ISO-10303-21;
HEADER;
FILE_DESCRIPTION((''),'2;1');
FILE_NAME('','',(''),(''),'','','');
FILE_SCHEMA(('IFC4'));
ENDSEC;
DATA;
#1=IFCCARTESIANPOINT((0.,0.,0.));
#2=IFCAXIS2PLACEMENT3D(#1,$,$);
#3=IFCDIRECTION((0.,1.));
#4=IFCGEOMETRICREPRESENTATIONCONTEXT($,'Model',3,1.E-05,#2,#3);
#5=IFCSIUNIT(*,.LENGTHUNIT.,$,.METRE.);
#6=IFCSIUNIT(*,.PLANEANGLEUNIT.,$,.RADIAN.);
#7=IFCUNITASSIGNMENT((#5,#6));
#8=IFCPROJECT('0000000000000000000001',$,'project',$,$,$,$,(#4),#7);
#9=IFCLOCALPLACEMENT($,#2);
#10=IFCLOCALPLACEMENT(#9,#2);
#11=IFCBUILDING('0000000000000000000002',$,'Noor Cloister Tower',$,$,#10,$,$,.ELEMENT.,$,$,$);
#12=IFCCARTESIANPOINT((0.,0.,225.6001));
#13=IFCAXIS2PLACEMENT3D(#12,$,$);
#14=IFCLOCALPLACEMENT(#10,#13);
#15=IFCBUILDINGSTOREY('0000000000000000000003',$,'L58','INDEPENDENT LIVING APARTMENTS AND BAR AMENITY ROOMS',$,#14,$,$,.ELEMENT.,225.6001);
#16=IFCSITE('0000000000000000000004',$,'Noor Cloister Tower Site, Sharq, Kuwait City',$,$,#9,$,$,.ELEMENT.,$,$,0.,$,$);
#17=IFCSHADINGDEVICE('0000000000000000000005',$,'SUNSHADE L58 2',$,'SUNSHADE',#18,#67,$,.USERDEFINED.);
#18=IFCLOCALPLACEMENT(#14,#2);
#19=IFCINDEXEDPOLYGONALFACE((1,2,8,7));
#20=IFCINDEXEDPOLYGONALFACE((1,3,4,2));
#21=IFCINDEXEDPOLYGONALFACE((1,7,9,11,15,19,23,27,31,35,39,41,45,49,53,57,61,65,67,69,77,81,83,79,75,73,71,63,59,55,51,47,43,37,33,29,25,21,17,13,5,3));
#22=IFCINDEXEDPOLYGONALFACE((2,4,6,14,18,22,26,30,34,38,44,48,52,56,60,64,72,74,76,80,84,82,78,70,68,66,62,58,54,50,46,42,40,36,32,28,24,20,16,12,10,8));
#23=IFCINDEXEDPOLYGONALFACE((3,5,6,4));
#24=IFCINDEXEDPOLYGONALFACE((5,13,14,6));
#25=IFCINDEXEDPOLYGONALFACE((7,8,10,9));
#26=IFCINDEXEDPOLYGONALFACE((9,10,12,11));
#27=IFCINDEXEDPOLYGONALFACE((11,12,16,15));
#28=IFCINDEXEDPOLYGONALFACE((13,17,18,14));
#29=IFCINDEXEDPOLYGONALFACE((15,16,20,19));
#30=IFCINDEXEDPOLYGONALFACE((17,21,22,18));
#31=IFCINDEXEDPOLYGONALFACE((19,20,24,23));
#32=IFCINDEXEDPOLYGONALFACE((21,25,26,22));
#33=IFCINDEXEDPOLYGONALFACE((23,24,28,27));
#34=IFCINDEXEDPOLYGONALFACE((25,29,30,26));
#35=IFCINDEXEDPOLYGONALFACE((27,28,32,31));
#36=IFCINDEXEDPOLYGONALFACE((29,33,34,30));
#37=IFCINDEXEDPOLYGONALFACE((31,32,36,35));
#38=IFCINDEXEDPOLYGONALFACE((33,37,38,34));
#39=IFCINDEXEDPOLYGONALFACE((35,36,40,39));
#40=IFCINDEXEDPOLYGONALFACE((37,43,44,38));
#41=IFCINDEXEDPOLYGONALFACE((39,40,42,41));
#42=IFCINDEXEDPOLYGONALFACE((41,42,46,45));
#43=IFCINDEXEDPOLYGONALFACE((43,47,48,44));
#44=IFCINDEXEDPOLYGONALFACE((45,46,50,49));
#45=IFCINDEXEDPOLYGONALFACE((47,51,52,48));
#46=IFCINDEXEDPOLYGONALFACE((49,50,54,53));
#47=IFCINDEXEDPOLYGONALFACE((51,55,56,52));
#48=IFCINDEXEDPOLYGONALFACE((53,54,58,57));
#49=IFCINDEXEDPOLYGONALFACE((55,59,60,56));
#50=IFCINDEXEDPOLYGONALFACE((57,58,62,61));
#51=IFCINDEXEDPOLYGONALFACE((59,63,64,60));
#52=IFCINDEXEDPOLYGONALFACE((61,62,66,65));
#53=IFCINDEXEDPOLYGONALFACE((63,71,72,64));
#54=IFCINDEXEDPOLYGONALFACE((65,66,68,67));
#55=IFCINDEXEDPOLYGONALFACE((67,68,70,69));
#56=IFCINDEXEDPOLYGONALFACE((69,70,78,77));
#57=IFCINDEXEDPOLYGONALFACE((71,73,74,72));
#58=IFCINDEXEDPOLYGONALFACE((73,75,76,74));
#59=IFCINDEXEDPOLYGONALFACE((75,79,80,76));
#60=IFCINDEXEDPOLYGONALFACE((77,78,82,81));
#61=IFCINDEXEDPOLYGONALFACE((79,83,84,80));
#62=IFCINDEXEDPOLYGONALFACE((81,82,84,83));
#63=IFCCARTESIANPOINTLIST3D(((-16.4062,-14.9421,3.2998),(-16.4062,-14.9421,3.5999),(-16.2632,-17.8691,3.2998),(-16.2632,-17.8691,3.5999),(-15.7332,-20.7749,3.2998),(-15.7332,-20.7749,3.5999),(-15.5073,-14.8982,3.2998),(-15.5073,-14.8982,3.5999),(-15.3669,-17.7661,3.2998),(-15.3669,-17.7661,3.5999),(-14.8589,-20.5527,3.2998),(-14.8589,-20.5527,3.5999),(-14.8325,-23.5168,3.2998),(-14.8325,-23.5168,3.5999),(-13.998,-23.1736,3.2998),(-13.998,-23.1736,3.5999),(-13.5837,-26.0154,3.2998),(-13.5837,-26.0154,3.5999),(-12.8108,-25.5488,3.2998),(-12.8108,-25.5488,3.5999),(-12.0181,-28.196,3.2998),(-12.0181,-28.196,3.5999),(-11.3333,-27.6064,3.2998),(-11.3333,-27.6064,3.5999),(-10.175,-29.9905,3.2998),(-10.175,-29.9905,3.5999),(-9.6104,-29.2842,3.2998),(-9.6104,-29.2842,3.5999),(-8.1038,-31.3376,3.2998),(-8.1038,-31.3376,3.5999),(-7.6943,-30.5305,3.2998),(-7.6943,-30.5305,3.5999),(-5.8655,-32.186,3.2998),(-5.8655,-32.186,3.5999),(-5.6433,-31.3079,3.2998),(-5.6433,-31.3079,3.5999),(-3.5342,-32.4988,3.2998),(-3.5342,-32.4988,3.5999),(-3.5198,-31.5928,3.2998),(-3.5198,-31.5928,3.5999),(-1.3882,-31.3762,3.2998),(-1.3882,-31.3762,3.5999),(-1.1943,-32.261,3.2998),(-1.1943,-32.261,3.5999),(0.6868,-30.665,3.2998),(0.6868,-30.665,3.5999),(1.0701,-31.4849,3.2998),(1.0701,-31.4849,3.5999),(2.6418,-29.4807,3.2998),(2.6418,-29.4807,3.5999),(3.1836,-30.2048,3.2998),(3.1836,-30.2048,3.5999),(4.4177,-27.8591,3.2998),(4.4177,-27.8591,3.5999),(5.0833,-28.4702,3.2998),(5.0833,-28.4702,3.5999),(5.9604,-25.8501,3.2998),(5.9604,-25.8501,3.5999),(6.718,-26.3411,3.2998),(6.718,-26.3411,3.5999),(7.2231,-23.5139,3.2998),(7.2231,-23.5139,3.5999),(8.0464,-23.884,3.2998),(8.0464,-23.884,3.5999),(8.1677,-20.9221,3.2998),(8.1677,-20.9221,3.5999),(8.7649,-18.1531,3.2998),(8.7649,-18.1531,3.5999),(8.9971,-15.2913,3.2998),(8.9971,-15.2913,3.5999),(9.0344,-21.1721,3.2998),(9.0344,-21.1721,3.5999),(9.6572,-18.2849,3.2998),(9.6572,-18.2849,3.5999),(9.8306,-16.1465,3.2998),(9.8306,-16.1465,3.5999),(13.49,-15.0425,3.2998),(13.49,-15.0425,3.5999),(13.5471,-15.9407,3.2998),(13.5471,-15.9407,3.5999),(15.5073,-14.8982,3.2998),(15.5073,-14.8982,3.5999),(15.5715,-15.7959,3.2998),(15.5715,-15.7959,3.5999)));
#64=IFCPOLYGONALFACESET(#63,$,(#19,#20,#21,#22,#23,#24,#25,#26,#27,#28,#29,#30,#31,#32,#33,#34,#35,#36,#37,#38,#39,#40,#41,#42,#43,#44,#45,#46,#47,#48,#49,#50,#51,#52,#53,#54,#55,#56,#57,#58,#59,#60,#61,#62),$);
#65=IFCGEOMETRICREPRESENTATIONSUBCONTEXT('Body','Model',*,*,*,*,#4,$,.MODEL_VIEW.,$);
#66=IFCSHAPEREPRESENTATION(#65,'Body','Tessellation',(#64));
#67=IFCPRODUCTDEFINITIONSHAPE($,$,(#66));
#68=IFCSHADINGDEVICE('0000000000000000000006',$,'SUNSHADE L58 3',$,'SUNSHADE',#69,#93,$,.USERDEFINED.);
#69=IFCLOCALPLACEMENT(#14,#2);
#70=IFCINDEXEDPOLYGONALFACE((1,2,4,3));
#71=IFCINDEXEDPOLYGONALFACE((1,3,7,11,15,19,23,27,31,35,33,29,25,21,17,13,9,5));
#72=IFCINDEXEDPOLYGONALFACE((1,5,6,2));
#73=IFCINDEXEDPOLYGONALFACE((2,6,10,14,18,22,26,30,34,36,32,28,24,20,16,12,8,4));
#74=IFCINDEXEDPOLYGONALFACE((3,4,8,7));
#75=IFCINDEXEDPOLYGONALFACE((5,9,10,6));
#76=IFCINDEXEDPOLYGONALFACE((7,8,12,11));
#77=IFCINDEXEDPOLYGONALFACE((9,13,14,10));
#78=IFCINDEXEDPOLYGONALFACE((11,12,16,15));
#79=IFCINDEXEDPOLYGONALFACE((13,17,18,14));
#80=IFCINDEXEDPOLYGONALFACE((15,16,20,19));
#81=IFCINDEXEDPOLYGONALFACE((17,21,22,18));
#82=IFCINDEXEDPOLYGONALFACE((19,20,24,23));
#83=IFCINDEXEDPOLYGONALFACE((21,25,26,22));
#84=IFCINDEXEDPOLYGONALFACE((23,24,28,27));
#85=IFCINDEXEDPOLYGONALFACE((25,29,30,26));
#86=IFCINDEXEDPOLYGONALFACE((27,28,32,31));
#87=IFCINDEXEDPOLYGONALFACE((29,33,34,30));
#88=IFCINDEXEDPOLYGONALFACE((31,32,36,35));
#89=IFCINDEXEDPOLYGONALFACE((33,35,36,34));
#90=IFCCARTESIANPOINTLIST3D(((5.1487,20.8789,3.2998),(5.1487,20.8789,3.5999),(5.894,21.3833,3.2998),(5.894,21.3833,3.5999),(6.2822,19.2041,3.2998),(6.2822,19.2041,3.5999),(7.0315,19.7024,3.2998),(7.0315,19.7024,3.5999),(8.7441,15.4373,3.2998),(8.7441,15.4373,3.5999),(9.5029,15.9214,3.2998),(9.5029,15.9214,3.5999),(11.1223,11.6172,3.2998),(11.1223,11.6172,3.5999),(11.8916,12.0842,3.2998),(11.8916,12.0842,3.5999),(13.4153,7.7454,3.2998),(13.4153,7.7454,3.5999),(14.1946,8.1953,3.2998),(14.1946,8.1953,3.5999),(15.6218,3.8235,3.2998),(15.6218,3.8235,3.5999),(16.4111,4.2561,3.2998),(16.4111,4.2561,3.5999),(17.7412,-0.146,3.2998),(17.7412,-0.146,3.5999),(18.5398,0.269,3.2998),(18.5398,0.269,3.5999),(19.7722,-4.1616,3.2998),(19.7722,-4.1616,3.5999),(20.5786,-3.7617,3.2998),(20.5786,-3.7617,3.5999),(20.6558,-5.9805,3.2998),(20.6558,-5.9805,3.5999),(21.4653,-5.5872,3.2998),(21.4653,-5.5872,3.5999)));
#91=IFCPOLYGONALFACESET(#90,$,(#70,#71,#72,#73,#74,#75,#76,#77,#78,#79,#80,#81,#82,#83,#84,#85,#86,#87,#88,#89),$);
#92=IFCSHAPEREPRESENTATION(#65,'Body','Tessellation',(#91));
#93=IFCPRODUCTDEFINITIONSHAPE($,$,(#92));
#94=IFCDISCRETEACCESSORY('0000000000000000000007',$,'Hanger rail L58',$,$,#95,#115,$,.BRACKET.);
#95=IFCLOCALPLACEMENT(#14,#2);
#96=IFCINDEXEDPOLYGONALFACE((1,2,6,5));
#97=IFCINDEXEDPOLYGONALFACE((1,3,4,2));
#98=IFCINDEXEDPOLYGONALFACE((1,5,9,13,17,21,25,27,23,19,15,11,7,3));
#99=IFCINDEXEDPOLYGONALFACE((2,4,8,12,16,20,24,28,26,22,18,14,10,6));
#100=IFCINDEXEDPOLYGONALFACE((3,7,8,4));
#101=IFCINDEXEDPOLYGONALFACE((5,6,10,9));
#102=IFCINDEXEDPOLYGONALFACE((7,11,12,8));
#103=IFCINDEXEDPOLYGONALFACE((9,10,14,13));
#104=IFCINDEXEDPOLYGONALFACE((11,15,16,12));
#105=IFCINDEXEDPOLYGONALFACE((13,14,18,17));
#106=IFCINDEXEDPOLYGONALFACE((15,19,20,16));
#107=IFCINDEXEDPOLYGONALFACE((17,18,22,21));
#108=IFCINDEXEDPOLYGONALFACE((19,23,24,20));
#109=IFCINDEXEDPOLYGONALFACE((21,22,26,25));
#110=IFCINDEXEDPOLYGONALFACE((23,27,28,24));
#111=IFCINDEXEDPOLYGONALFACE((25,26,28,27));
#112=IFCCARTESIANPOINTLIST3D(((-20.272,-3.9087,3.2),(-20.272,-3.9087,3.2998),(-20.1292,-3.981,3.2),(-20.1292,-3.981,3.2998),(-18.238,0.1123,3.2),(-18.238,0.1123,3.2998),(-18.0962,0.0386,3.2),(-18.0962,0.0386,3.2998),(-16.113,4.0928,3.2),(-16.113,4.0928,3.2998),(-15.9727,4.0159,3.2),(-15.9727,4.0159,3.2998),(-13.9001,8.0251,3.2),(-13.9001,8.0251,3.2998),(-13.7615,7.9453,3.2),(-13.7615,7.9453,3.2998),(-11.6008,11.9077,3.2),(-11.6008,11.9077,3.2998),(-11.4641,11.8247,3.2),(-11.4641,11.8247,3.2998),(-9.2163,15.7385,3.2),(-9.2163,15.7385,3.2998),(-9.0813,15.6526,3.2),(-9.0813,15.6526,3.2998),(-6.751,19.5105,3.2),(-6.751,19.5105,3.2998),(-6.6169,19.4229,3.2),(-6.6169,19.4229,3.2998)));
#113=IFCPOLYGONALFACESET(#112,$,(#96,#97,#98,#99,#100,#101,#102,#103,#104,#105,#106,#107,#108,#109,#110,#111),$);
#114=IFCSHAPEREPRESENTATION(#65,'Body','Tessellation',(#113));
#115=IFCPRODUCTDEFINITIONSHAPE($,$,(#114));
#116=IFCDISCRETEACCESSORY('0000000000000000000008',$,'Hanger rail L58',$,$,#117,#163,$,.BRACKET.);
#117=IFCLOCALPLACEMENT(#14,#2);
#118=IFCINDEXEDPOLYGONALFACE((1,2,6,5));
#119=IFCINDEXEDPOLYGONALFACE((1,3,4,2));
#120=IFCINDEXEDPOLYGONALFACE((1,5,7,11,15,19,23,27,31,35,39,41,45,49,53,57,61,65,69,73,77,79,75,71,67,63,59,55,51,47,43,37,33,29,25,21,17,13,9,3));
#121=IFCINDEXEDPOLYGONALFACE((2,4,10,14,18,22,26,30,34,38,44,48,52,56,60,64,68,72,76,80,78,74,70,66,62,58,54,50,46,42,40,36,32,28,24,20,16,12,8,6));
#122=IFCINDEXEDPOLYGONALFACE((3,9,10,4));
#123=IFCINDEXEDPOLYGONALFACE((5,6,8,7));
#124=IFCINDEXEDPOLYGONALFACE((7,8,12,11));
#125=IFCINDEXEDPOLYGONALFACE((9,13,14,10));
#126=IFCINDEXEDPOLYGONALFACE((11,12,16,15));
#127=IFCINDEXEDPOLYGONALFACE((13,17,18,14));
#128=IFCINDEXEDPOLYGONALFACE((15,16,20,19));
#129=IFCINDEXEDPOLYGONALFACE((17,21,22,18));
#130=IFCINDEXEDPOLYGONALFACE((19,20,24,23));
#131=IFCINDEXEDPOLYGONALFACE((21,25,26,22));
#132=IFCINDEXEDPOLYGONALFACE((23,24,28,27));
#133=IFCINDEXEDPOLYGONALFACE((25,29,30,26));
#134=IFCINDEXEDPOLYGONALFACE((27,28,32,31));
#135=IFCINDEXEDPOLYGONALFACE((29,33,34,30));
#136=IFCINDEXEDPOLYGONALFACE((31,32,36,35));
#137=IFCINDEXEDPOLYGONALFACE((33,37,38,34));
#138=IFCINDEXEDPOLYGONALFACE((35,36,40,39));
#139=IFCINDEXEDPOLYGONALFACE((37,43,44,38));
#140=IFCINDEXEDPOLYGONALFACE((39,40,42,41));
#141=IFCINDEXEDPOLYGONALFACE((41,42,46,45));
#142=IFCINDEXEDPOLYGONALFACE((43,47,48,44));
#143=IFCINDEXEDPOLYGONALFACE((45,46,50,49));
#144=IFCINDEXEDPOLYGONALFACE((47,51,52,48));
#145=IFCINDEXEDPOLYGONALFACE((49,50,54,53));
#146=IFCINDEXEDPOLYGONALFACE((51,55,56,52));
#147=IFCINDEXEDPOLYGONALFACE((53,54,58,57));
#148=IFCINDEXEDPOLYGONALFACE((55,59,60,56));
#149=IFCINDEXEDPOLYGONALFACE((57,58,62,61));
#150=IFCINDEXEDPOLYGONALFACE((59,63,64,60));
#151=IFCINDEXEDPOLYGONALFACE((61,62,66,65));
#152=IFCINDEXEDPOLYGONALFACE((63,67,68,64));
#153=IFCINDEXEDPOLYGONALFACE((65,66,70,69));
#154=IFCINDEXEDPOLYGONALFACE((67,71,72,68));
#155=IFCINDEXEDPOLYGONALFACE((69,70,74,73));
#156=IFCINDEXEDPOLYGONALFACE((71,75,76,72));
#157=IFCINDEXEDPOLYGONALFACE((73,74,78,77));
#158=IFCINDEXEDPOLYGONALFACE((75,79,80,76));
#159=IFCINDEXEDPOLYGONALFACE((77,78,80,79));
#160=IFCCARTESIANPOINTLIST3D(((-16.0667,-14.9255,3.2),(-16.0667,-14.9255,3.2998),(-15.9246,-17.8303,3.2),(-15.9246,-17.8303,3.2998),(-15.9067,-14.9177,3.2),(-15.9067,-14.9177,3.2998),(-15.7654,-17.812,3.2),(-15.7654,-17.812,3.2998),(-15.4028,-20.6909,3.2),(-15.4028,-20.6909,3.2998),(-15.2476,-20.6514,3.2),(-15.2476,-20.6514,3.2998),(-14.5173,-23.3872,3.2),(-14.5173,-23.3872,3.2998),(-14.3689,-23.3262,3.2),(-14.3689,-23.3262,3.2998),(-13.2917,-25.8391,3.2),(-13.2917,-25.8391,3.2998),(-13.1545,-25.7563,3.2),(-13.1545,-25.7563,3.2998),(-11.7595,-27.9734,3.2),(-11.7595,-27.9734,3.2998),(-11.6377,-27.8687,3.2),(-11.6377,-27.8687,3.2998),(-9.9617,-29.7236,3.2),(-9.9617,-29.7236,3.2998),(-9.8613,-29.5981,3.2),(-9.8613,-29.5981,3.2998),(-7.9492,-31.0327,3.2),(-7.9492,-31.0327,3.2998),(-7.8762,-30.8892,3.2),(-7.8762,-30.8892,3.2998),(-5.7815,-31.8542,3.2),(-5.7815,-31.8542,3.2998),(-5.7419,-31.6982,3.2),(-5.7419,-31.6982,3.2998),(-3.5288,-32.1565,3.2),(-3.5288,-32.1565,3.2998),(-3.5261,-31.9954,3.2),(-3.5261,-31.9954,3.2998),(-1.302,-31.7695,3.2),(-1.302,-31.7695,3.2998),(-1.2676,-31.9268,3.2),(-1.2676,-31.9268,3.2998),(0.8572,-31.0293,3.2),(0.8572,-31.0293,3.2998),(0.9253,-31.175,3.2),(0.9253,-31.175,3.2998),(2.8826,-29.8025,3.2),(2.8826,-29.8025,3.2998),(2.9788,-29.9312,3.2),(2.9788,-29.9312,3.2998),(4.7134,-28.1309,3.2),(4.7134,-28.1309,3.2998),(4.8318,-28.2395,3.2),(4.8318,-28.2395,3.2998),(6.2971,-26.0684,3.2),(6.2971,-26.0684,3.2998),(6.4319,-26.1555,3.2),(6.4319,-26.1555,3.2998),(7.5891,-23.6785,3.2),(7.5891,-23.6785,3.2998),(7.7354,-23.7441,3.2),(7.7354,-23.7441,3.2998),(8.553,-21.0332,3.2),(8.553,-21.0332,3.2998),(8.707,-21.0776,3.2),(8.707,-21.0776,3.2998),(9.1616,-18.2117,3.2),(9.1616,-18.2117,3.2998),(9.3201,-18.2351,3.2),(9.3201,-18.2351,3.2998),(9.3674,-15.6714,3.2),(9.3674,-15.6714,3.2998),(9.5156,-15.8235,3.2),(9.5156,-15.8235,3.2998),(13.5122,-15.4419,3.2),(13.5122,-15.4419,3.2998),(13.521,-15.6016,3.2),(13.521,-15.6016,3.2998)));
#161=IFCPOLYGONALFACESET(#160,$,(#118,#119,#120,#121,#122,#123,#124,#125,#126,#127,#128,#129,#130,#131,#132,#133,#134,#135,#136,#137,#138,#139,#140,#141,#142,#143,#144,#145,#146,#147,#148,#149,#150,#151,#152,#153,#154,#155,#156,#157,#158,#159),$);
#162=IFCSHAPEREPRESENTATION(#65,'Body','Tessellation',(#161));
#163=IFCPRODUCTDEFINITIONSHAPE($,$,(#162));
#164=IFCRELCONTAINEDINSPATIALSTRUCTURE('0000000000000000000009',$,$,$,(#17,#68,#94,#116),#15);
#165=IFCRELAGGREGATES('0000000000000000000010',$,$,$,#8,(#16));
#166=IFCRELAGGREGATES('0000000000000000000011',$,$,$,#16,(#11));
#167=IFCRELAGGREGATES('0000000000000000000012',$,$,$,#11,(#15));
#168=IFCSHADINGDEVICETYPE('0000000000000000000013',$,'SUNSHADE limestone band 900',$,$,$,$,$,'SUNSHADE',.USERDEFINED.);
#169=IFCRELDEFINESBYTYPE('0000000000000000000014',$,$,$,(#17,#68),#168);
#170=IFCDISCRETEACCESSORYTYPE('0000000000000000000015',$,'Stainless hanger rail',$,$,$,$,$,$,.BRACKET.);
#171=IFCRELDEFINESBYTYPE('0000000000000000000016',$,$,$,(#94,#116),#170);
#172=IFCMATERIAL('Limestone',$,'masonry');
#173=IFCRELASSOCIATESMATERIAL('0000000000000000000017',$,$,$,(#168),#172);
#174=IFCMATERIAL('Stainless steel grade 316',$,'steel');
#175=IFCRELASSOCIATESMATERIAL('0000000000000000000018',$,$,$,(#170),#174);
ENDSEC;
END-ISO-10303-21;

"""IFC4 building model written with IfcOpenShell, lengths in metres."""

from ifc_helpers import new_model, si_unit, direction, frame, origin, place, context, subcontext, project, spatial, polyline, outline, extrude, material, type_object, element, save


model = new_model("IFC4")

# Units and contexts
model_context = context("Model", 3, precision=1e-05, world=origin(), true_north=direction((0.0, 1.0)))
body_context = subcontext(model_context, "Body", "Model", "MODEL_VIEW")
ifc_project = project(units=[si_unit("LENGTHUNIT", "METRE"), si_unit("PLANEANGLEUNIT", "RADIAN")], contexts=[model_context])

# Site, building, storey
site_placement = place(None, origin())
site = spatial("IfcSite", under=ifc_project, at=site_placement, Name="Noor Cloister Tower Site, Sharq, Kuwait City", CompositionType="ELEMENT", RefElevation=0.0)
building_placement = place(site_placement, origin())
building = spatial("IfcBuilding", under=site, at=building_placement, Name="Noor Cloister Tower", CompositionType="ELEMENT")
storey_placement = place(building_placement, frame((0.0, 0.0, 225.6001)))
storey = spatial("IfcBuildingStorey", under=building, at=storey_placement, Name="L58", Description="INDEPENDENT LIVING APARTMENTS AND BAR AMENITY ROOMS", CompositionType="ELEMENT", Elevation=225.6001)

# Shading devices
ifc_material_1 = material(Name="Limestone", Category="masonry")
shading_device_type = type_object("IfcShadingDeviceType", Name="SUNSHADE limestone band 900", ElementType="SUNSHADE", PredefinedType="USERDEFINED", material=ifc_material_1)
shading_device_1_placement = place(storey_placement, frame((0.0, 0.0, 3.2998)))
element("IfcShadingDevice", 1, at=shading_device_1_placement, inside=storey, type_object=shading_device_type, Name="SUNSHADE L58 2", ObjectType="SUNSHADE", PredefinedType="USERDEFINED", context=body_context, shape_type="SweptSolid", body=[
    extrude(outline(polyline([(-16.4062, -14.9421), (-16.2632, -17.8691), (-15.7332, -20.7749), (-14.8325, -23.5168), (-13.5837, -26.0154), (-12.0181, -28.196), (-10.175, -29.9905), (-8.1038, -31.3376), (-5.8655, -32.186), (-3.5342, -32.4988), (-1.1943, -32.261), (1.0701, -31.4849), (3.1836, -30.2048), (5.0833, -28.4702), (6.718, -26.3411), (8.0464, -23.884), (9.0344, -21.1721), (9.6572, -18.2849), (9.8306, -16.1465), (13.5471, -15.9407), (15.5715, -15.7959), (15.5073, -14.8982), (13.49, -15.0425), (8.9971, -15.2913), (8.7649, -18.1531), (8.1677, -20.9221), (7.2231, -23.5139), (5.9604, -25.8501), (4.4177, -27.8591), (2.6418, -29.4807), (0.6868, -30.665), (-1.3882, -31.3762), (-3.5198, -31.5928), (-5.6433, -31.3079), (-7.6943, -30.5305), (-9.6104, -29.2842), (-11.3333, -27.6064), (-12.8108, -25.5488), (-13.998, -23.1736), (-14.8589, -20.5527), (-15.3669, -17.7661), (-15.5073, -14.8982), (-16.4062, -14.9421)])), origin(), (0.0, 0.0, 1.0), 0.3),
])
shading_device_2_placement = place(storey_placement, frame((0.0, 0.0, 3.2998)))
element("IfcShadingDevice", 2, at=shading_device_2_placement, inside=storey, type_object=shading_device_type, Name="SUNSHADE L58 3", ObjectType="SUNSHADE", PredefinedType="USERDEFINED", context=body_context, shape_type="SweptSolid", body=[
    extrude(outline(polyline([(21.4653, -5.5872), (20.5786, -3.7617), (18.5398, 0.269), (16.4111, 4.2561), (14.1946, 8.1953), (11.8916, 12.0842), (9.5029, 15.9214), (7.0315, 19.7024), (5.894, 21.3833), (5.1487, 20.8789), (6.2822, 19.2041), (8.7441, 15.4373), (11.1223, 11.6172), (13.4153, 7.7454), (15.6218, 3.8235), (17.7412, -0.146), (19.7722, -4.1616), (20.6558, -5.9805), (21.4653, -5.5872)])), origin(), (0.0, 0.0, 1.0), 0.3),
])

# Discrete accessories
ifc_material_2 = material(Name="Stainless steel grade 316", Category="steel")
discrete_accessory_type = type_object("IfcDiscreteAccessoryType", Name="Stainless hanger rail", PredefinedType="BRACKET", material=ifc_material_2)
discrete_accessory_1_placement = place(storey_placement, frame((0.0, 0.0, 3.2)))
element("IfcDiscreteAccessory", 3, at=discrete_accessory_1_placement, inside=storey, type_object=discrete_accessory_type, Name="Hanger rail L58", PredefinedType="BRACKET", context=body_context, shape_type="SweptSolid", body=[
    extrude(outline(polyline([(-6.751, 19.5105), (-9.2163, 15.7385), (-11.6008, 11.9077), (-13.9001, 8.0251), (-16.113, 4.0928), (-18.238, 0.1123), (-20.272, -3.9087), (-20.1292, -3.981), (-18.0962, 0.0386), (-15.9727, 4.0159), (-13.7615, 7.9453), (-11.4641, 11.8247), (-9.0813, 15.6526), (-6.6169, 19.4229), (-6.751, 19.5105)])), origin(), (0.0, 0.0, 1.0), 0.0999),
])
discrete_accessory_2_placement = place(storey_placement, frame((0.0, 0.0, 3.2)))
element("IfcDiscreteAccessory", 4, at=discrete_accessory_2_placement, inside=storey, type_object=discrete_accessory_type, Name="Hanger rail L58", PredefinedType="BRACKET", context=body_context, shape_type="SweptSolid", body=[
    extrude(outline(polyline([(-16.0667, -14.9255), (-15.9246, -17.8303), (-15.4028, -20.6909), (-14.5173, -23.3872), (-13.2917, -25.8391), (-11.7595, -27.9734), (-9.9617, -29.7236), (-7.9492, -31.0327), (-5.7815, -31.8542), (-3.5288, -32.1565), (-1.2676, -31.9268), (0.9253, -31.175), (2.9788, -29.9312), (4.8318, -28.2395), (6.4319, -26.1555), (7.7354, -23.7441), (8.707, -21.0776), (9.3201, -18.2351), (9.5156, -15.8235), (13.521, -15.6016), (13.5122, -15.4419), (9.3674, -15.6714), (9.1616, -18.2117), (8.553, -21.0332), (7.5891, -23.6785), (6.2971, -26.0684), (4.7134, -28.1309), (2.8826, -29.8025), (0.8572, -31.0293), (-1.302, -31.7695), (-3.5261, -31.9954), (-5.7419, -31.6982), (-7.8762, -30.8892), (-9.8613, -29.5981), (-11.6377, -27.8687), (-13.1545, -25.7563), (-14.3689, -23.3262), (-15.2476, -20.6514), (-15.7654, -17.812), (-15.9067, -14.9177), (-16.0667, -14.9255)])), origin(), (0.0, 0.0, 1.0), 0.0999),
])

save(model, "model.ifc")
